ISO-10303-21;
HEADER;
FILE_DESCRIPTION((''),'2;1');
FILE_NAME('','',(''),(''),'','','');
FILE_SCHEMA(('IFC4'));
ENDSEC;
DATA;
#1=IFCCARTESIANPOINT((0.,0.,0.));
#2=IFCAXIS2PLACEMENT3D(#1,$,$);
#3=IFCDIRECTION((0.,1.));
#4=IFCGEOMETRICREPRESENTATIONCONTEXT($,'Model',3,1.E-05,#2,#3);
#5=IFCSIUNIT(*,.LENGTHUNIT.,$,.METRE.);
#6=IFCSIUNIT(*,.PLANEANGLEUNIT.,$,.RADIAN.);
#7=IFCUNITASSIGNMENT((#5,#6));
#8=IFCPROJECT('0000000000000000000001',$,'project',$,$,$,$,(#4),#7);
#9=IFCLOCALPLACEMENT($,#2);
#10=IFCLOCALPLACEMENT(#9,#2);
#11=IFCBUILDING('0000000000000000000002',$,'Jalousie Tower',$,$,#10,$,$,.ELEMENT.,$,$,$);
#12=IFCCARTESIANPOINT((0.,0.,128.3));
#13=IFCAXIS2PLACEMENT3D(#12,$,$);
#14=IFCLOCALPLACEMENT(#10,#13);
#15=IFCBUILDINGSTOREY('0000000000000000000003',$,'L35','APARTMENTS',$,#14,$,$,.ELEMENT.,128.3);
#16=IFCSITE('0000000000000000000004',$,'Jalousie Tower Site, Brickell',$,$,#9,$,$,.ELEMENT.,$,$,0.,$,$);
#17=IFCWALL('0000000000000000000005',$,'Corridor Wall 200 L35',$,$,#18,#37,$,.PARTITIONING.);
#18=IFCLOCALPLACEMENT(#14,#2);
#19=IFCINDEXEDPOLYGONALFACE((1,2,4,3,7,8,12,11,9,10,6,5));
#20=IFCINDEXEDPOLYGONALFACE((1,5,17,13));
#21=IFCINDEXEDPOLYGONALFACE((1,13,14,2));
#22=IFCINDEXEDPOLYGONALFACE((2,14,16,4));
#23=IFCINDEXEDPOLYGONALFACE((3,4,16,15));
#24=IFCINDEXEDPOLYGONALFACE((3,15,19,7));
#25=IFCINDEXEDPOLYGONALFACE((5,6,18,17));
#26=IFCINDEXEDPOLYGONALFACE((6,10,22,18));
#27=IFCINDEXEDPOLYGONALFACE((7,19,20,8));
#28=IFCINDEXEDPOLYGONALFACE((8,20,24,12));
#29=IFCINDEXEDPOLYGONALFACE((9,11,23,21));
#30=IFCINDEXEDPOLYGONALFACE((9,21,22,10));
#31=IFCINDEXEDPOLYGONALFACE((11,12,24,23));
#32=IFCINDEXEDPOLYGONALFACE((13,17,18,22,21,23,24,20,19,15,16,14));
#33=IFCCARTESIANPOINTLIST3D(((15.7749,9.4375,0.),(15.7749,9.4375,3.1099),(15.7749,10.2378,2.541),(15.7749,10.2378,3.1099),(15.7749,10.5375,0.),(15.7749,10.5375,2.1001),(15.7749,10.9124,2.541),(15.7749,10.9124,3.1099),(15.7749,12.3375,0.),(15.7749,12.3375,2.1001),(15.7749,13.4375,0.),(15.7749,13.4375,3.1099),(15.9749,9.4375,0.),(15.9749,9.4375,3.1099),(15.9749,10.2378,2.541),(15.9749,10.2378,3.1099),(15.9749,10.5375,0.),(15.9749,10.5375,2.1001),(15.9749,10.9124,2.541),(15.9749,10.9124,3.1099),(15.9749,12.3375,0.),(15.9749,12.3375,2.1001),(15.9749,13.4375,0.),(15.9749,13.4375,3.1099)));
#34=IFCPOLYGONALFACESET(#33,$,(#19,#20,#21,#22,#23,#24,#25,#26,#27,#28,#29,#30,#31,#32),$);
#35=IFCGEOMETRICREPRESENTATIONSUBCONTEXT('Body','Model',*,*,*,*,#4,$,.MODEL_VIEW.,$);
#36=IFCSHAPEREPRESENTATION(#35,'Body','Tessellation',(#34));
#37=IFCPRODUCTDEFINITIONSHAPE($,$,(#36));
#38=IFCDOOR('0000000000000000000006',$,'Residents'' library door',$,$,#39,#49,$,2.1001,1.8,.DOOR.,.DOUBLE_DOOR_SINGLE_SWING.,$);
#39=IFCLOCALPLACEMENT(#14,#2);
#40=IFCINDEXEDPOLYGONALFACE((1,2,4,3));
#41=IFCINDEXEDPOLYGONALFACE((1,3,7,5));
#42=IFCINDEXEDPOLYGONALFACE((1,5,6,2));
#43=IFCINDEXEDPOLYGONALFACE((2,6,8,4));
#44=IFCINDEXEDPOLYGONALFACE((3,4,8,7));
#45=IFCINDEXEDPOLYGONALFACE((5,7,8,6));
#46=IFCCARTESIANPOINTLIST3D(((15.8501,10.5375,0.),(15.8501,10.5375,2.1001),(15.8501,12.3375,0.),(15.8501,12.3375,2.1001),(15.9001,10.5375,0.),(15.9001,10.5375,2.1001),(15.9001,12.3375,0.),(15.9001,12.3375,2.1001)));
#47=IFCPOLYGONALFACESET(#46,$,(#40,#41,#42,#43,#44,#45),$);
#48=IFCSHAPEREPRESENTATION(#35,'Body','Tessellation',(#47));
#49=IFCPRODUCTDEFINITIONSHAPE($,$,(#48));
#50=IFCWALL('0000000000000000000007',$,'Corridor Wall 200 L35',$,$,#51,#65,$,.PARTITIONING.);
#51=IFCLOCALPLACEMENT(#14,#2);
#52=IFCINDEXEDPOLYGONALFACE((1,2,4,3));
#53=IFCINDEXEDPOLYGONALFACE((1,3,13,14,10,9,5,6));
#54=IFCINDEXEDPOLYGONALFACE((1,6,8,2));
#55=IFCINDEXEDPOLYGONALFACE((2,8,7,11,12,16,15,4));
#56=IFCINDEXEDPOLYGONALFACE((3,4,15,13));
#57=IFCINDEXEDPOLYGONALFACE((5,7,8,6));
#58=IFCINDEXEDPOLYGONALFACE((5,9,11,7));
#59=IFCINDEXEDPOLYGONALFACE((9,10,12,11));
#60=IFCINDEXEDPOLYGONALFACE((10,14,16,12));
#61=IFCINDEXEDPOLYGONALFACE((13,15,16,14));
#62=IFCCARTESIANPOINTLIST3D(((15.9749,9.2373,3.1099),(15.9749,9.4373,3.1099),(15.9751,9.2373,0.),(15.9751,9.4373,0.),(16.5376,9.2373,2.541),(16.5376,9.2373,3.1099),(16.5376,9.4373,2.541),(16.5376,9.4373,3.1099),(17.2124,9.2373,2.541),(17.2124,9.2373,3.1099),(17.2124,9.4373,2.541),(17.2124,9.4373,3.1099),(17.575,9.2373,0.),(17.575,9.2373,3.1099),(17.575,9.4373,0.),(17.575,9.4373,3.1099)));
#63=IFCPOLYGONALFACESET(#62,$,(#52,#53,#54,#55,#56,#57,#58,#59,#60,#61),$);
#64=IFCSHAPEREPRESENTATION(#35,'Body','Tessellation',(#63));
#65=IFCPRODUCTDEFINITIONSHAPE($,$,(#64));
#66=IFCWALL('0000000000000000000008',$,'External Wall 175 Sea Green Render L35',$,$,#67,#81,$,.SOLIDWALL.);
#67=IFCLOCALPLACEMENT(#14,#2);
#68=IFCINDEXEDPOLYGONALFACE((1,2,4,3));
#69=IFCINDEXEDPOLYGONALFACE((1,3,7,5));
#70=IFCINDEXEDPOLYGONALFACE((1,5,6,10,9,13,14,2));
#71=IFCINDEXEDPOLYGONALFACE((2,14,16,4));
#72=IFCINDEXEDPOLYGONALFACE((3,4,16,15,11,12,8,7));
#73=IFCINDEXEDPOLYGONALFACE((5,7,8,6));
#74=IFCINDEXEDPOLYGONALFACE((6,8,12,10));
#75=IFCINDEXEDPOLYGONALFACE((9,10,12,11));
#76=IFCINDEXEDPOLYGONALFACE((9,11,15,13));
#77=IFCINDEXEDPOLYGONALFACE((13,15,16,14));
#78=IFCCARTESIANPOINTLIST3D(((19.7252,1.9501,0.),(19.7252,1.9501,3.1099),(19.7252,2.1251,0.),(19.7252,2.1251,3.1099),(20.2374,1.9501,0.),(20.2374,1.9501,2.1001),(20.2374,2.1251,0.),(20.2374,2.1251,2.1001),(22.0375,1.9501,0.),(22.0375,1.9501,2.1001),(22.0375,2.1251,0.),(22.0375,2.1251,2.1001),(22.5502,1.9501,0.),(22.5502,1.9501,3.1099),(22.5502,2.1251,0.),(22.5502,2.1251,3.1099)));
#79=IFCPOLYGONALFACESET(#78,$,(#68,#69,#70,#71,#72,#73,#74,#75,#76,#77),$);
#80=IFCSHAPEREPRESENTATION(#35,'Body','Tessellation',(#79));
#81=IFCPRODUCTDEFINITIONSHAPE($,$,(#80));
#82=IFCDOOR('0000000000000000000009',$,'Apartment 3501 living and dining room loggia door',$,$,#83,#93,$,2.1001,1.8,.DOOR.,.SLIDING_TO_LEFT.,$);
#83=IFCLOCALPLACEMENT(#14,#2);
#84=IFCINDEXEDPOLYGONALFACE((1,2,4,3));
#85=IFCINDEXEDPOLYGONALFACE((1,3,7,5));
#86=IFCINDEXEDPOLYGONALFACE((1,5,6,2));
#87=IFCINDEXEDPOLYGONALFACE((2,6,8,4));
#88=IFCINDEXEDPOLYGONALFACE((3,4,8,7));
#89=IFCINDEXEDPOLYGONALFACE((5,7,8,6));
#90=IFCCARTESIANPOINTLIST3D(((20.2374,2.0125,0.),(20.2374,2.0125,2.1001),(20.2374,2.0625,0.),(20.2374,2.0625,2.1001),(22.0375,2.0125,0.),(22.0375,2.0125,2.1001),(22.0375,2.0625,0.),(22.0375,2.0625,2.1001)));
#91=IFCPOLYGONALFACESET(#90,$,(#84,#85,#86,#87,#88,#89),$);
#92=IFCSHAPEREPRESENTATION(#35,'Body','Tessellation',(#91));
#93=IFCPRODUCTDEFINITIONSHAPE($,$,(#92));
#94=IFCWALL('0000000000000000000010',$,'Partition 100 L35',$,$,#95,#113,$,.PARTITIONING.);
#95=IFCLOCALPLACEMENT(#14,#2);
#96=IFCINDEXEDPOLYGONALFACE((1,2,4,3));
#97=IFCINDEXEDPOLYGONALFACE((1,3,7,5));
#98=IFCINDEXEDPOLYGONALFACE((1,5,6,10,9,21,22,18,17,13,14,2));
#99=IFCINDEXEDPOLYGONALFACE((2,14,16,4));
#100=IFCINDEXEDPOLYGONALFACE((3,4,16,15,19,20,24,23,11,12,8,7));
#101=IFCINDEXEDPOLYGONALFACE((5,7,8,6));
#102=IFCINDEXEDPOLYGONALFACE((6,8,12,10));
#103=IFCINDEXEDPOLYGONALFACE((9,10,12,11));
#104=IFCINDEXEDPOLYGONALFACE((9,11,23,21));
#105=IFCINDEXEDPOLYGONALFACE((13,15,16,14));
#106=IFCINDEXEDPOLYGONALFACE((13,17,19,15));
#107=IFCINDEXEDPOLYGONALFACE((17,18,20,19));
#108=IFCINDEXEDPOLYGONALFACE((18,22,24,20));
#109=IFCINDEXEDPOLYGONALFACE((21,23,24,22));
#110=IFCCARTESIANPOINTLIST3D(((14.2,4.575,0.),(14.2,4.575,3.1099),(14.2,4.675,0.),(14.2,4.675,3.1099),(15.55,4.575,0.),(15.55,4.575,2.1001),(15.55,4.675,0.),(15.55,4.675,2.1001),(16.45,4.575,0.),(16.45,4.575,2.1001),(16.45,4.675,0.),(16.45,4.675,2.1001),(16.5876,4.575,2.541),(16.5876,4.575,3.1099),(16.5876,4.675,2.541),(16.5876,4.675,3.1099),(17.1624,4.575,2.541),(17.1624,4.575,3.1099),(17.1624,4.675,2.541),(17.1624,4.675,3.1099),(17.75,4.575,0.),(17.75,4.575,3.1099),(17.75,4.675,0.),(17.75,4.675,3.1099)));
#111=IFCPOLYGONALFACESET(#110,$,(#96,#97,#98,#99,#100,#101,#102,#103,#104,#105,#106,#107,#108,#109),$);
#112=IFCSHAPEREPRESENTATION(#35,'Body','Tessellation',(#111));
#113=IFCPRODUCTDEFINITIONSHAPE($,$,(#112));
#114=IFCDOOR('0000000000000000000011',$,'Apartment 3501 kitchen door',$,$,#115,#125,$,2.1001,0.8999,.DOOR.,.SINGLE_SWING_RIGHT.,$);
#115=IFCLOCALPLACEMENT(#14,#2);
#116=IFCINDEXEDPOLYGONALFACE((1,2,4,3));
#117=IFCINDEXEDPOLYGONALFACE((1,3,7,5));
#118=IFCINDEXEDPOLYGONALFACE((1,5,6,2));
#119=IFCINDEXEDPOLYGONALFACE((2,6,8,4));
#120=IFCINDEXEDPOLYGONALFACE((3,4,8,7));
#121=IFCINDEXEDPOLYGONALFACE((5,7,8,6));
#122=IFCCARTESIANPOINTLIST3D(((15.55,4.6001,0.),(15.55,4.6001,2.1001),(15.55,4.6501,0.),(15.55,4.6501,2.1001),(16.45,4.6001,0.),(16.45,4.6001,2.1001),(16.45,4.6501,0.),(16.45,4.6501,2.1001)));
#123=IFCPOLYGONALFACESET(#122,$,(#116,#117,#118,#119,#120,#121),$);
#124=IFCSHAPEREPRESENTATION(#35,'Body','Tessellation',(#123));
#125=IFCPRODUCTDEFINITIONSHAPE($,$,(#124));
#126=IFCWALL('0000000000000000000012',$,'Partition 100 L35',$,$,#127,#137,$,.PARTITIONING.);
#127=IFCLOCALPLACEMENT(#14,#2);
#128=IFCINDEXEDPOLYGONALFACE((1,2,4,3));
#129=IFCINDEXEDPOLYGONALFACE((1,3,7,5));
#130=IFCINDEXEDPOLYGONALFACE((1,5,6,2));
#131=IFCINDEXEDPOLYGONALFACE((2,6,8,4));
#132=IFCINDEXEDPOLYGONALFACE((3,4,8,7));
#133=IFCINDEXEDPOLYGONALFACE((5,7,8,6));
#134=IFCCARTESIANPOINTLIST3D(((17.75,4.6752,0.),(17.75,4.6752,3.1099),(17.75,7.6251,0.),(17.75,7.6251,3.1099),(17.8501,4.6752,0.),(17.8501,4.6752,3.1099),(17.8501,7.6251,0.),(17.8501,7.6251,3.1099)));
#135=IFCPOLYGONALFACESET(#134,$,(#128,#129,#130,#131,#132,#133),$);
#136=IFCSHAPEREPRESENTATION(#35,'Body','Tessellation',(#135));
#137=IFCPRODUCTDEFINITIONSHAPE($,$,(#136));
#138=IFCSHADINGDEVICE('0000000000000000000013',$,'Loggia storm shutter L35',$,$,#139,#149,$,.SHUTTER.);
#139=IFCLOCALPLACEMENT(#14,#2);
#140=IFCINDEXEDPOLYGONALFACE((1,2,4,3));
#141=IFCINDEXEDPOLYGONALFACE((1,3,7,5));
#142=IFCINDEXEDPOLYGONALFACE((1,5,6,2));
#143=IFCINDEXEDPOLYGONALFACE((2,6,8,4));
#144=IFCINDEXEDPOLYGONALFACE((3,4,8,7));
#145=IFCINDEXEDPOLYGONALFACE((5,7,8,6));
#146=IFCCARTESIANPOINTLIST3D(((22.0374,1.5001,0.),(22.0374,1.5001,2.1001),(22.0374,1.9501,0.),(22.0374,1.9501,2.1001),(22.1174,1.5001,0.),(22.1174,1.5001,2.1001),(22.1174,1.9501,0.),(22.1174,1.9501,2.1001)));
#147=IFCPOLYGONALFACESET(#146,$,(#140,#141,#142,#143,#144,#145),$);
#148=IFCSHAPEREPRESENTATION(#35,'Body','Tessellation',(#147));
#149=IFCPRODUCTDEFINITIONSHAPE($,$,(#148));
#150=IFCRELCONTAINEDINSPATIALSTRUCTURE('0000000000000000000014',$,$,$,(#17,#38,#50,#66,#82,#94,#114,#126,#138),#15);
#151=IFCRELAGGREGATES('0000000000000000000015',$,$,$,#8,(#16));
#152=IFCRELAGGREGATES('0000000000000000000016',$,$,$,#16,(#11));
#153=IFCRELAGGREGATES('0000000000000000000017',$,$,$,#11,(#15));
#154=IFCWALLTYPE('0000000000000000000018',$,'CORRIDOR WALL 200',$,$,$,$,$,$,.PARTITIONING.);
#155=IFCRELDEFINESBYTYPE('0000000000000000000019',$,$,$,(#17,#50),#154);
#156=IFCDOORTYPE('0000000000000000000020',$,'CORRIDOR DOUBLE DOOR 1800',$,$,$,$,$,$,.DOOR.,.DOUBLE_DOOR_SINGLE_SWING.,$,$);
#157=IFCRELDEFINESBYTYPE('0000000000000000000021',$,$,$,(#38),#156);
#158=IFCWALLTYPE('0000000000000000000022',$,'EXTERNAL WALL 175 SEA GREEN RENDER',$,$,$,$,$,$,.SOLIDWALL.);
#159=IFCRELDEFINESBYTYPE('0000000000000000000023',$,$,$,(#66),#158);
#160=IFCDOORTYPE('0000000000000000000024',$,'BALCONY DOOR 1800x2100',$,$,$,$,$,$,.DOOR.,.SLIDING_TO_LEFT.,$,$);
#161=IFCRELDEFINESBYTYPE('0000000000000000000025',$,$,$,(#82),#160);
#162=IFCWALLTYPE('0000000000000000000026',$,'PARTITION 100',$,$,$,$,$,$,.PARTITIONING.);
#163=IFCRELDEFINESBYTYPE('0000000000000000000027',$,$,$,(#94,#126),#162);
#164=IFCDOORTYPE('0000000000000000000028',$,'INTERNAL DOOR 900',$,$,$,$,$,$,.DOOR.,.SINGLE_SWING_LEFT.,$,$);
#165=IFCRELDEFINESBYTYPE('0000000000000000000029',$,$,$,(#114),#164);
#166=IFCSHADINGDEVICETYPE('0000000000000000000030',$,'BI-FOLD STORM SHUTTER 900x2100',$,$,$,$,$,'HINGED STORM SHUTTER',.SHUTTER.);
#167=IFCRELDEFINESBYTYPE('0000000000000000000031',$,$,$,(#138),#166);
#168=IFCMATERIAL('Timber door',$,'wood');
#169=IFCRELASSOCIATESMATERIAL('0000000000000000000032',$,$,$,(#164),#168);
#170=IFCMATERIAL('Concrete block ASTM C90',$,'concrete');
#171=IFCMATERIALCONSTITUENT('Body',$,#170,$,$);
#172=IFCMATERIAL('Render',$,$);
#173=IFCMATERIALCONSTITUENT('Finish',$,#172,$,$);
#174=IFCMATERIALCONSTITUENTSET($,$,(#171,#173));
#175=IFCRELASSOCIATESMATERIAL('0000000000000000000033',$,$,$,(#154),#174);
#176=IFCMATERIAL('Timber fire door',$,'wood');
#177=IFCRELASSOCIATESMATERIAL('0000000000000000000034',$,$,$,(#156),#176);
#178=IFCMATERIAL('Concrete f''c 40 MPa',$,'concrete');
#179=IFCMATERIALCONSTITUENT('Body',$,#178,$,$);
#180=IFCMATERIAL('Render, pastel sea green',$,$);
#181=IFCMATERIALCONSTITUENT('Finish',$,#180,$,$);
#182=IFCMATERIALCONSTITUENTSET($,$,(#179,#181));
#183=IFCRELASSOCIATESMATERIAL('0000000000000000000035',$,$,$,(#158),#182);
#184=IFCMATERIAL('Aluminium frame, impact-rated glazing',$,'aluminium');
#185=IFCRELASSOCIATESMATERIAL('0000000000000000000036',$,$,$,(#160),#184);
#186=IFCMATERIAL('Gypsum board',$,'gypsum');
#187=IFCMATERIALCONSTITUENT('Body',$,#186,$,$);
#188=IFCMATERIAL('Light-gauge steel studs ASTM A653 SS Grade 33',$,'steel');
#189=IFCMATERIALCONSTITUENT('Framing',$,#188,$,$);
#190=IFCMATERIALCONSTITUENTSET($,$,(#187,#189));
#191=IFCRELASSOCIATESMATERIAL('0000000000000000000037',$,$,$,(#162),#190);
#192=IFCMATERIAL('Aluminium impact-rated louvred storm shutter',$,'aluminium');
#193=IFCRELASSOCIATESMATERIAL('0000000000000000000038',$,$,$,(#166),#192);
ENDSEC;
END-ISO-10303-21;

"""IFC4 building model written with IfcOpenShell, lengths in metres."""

from ifc_helpers import new_model, si_unit, direction, frame, frame_2d, origin, origin_2d, place, context, subcontext, project, spatial, polyline, rectangle, outline, extrude, material, constituent, constituent_set, type_object, element, fill, save


model = new_model("IFC4")

# Units and contexts
model_context = context("Model", 3, precision=1e-05, world=origin(), true_north=direction((0.0, 1.0)))
body_context = subcontext(model_context, "Body", "Model", "MODEL_VIEW")
ifc_project = project(units=[si_unit("LENGTHUNIT", "METRE"), si_unit("PLANEANGLEUNIT", "RADIAN")], contexts=[model_context])

# Site, building, storey
site_placement = place(None, origin())
site = spatial("IfcSite", under=ifc_project, at=site_placement, Name="Jalousie Tower Site, Brickell", CompositionType="ELEMENT", RefElevation=0.0)
building_placement = place(site_placement, origin())
building = spatial("IfcBuilding", under=site, at=building_placement, Name="Jalousie Tower", CompositionType="ELEMENT")
storey_placement = place(building_placement, frame((0.0, 0.0, 128.3)))
storey = spatial("IfcBuildingStorey", under=building, at=storey_placement, Name="L35", Description="APARTMENTS", CompositionType="ELEMENT", Elevation=128.3)

# Shared definitions
ifc_material_1 = material(Name="Timber door", Category="wood")
door_type_1 = type_object("IfcDoorType", Name="INTERNAL DOOR 900", OperationType="SINGLE_SWING_LEFT", PredefinedType="DOOR", material=ifc_material_1)

# Shared definitions
ifc_material_2 = material(Name="Concrete block ASTM C90", Category="concrete")
ifc_constituent_1 = constituent(ifc_material_2, Name="Body")
ifc_material_3 = material(Name="Render")
ifc_constituent_2 = constituent(ifc_material_3, Name="Finish")
ifc_constituent_set_1 = constituent_set(constituents=[ifc_constituent_1, ifc_constituent_2])
wall_type_1 = type_object("IfcWallType", Name="CORRIDOR WALL 200", PredefinedType="PARTITIONING", material=ifc_constituent_set_1)

# Wall, opening, door
wall_1_placement = place(storey_placement, frame((15.875, 9.4375, 0.0), z_axis=(0.0, 0.0, 1.0), x_axis=(0.0, 1.0, 0.0)))
wall_1 = element("IfcWall", 1, at=wall_1_placement, inside=storey, type_object=wall_type_1, Name="Corridor Wall 200 L35", PredefinedType="PARTITIONING", context=body_context, shape_type="SweptSolid", body=[
    extrude(outline(polyline([(0.0, 0.0), (4.0, 0.0), (4.0, 3.1099), (1.4749, 3.1099), (1.4749, 2.541), (0.8003, 2.541), (0.8003, 3.1099), (0.0, 3.1099), (0.0, 0.0)])), frame((0.0, 0.1001, 0.0), z_axis=(0.0, -1.0, 0.0), x_axis=(1.0, 0.0, 0.0)), (0.0, 0.0, 1.0), 0.2),
])
opening_1_placement = place(wall_1_placement, frame((1.1001, 0.0, 0.0)))
opening_1 = element("IfcOpeningElement", 2, at=opening_1_placement, cuts=wall_1, PredefinedType="OPENING", context=body_context, shape_type="SweptSolid", body=[
    extrude(rectangle(XDim=1.8, YDim=2.1001, at=frame_2d((0.8999, 1.05))), frame((0.0, 0.1099, 0.0), z_axis=(0.0, -1.0, 0.0), x_axis=(1.0, 0.0, 0.0)), (0.0, 0.0, 1.0), 0.22),
])
ifc_material_4 = material(Name="Timber fire door", Category="wood")
door_type_2 = type_object("IfcDoorType", Name="CORRIDOR DOUBLE DOOR 1800", OperationType="DOUBLE_DOOR_SINGLE_SWING", PredefinedType="DOOR", material=ifc_material_4)
door_1_placement = place(opening_1_placement, origin())
door_1 = element("IfcDoor", 3, at=door_1_placement, inside=storey, type_object=door_type_2, Name="Residents' library door", OperationType="DOUBLE_DOOR_SINGLE_SWING", OverallHeight=2.1001, OverallWidth=1.8, PredefinedType="DOOR", context=body_context, shape_type="SweptSolid", body=[
    extrude(rectangle(XDim=1.8, YDim=2.1001, at=frame_2d((0.8999, 1.05))), frame((0.0, 0.0249, 0.0), z_axis=(0.0, -1.0, 0.0), x_axis=(1.0, 0.0, 0.0)), (0.0, 0.0, 1.0), 0.05),
])
fill(opening_1, door_1)

# Wall
wall_2_placement = place(storey_placement, frame((17.575, 9.3374, 0.0), z_axis=(0.0, 0.0, 1.0), x_axis=(-1.0, 0.0, 0.0)))
element("IfcWall", 4, at=wall_2_placement, inside=storey, type_object=wall_type_1, Name="Corridor Wall 200 L35", PredefinedType="PARTITIONING", context=body_context, shape_type="SweptSolid", body=[
    extrude(outline(polyline([(0.0, 0.0), (1.5999, 0.0), (1.6001, 3.1099), (1.0374, 3.1099), (1.0374, 2.541), (0.3625, 2.541), (0.3625, 3.1099), (0.0, 3.1099), (0.0, 0.0)])), frame((0.0, 0.1001, 0.0), z_axis=(0.0, -1.0, 0.0), x_axis=(1.0, 0.0, 0.0)), (0.0, 0.0, 1.0), 0.2),
])

# Walls, openings, doors
ifc_material_5 = material(Name="Concrete f'c 40 MPa", Category="concrete")
ifc_constituent_3 = constituent(ifc_material_5, Name="Body")
ifc_material_6 = material(Name="Render, pastel sea green")
ifc_constituent_4 = constituent(ifc_material_6, Name="Finish")
ifc_constituent_set_2 = constituent_set(constituents=[ifc_constituent_3, ifc_constituent_4])
wall_type_2 = type_object("IfcWallType", Name="EXTERNAL WALL 175 SEA GREEN RENDER", PredefinedType="SOLIDWALL", material=ifc_constituent_set_2)
wall_3_placement = place(storey_placement, frame((19.7251, 2.0376, 0.0), z_axis=(0.0, 0.0, 1.0), x_axis=(1.0, 0.0, 0.0)))
wall_3 = element("IfcWall", 5, at=wall_3_placement, inside=storey, type_object=wall_type_2, Name="External Wall 175 Sea Green Render L35", PredefinedType="SOLIDWALL", context=body_context, shape_type="SweptSolid", body=[
    extrude(rectangle(XDim=2.825, YDim=0.175, at=frame_2d((1.4126, 0.0))), origin(), (0.0, 0.0, 1.0), 3.1099),
])
opening_2_placement = place(wall_3_placement, frame((0.5125, 0.0, 0.0)))
opening_2 = element("IfcOpeningElement", 6, at=opening_2_placement, cuts=wall_3, PredefinedType="OPENING", context=body_context, shape_type="SweptSolid", body=[
    extrude(rectangle(XDim=1.8, YDim=2.1001, at=frame_2d((0.8999, 1.05))), frame((0.0, 0.0974, 0.0), z_axis=(0.0, -1.0, 0.0), x_axis=(1.0, 0.0, 0.0)), (0.0, 0.0, 1.0), 0.1951),
])
ifc_material_7 = material(Name="Aluminium frame, impact-rated glazing", Category="aluminium")
door_type_3 = type_object("IfcDoorType", Name="BALCONY DOOR 1800x2100", OperationType="SLIDING_TO_LEFT", PredefinedType="DOOR", material=ifc_material_7)
door_2_placement = place(opening_2_placement, origin())
door_2 = element("IfcDoor", 7, at=door_2_placement, inside=storey, type_object=door_type_3, Name="Apartment 3501 living and dining room loggia door", OperationType="SLIDING_TO_LEFT", OverallHeight=2.1001, OverallWidth=1.8, PredefinedType="DOOR", context=body_context, shape_type="SweptSolid", body=[
    extrude(rectangle(XDim=1.8, YDim=2.1001, at=frame_2d((0.8999, 1.05))), frame((0.0, 0.0249, 0.0), z_axis=(0.0, -1.0, 0.0), x_axis=(1.0, 0.0, 0.0)), (0.0, 0.0, 1.0), 0.05),
])
fill(opening_2, door_2)
ifc_material_8 = material(Name="Gypsum board", Category="gypsum")
ifc_constituent_5 = constituent(ifc_material_8, Name="Body")
ifc_material_9 = material(Name="Light-gauge steel studs ASTM A653 SS Grade 33", Category="steel")
ifc_constituent_6 = constituent(ifc_material_9, Name="Framing")
ifc_constituent_set_3 = constituent_set(constituents=[ifc_constituent_5, ifc_constituent_6])
wall_type_3 = type_object("IfcWallType", Name="PARTITION 100", PredefinedType="PARTITIONING", material=ifc_constituent_set_3)
wall_4_placement = place(storey_placement, frame((14.2, 4.625, 0.0), z_axis=(0.0, 0.0, 1.0), x_axis=(1.0, 0.0, 0.0)))
wall_4 = element("IfcWall", 8, at=wall_4_placement, inside=storey, type_object=wall_type_3, Name="Partition 100 L35", PredefinedType="PARTITIONING", context=body_context, shape_type="SweptSolid", body=[
    extrude(outline(polyline([(0.0, 0.0), (3.55, 0.0), (3.55, 3.1099), (2.9624, 3.1099), (2.9624, 2.541), (2.3877, 2.541), (2.3877, 3.1099), (0.0, 3.1099), (0.0, 0.0)])), frame((0.0, 0.05, 0.0), z_axis=(0.0, -1.0, 0.0), x_axis=(1.0, 0.0, 0.0)), (0.0, 0.0, 1.0), 0.1001),
])
opening_3_placement = place(wall_4_placement, frame((1.3501, 0.0, 0.0)))
opening_3 = element("IfcOpeningElement", 9, at=opening_3_placement, cuts=wall_4, PredefinedType="OPENING", context=body_context, shape_type="SweptSolid", body=[
    extrude(rectangle(XDim=0.8999, YDim=2.1001, at=frame_2d((0.45, 1.05))), frame((0.0, 0.0601, 0.0), z_axis=(0.0, -1.0, 0.0), x_axis=(1.0, 0.0, 0.0)), (0.0, 0.0, 1.0), 0.1201),
])
door_3_placement = place(opening_3_placement, frame((0.8999, 0.0, 0.0), z_axis=(0.0, 0.0, 1.0), x_axis=(-1.0, 0.0, 0.0)))
door_3 = element("IfcDoor", 10, at=door_3_placement, inside=storey, type_object=door_type_1, Name="Apartment 3501 kitchen door", OperationType="SINGLE_SWING_RIGHT", OverallHeight=2.1001, OverallWidth=0.8999, PredefinedType="DOOR", context=body_context, shape_type="SweptSolid", body=[
    extrude(rectangle(XDim=0.8999, YDim=2.1001, at=frame_2d((0.45, 1.05))), frame((0.0, 0.0249, 0.0), z_axis=(0.0, -1.0, 0.0), x_axis=(1.0, 0.0, 0.0)), (0.0, 0.0, 1.0), 0.05),
])
fill(opening_3, door_3)

# Wall
wall_5_placement = place(storey_placement, frame((17.8, 4.675, 0.0), z_axis=(0.0, 0.0, 1.0), x_axis=(0.0, 1.0, 0.0)))
element("IfcWall", 11, at=wall_5_placement, inside=storey, type_object=wall_type_3, Name="Partition 100 L35", PredefinedType="PARTITIONING", context=body_context, shape_type="SweptSolid", body=[
    extrude(rectangle(XDim=2.95, YDim=0.1001, at=frame_2d((1.4751, 0.0))), origin(), (0.0, 0.0, 1.0), 3.1099),
])

# Shading device
ifc_material_10 = material(Name="Aluminium impact-rated louvred storm shutter", Category="aluminium")
shading_device_type = type_object("IfcShadingDeviceType", Name="BI-FOLD STORM SHUTTER 900x2100", ElementType="HINGED STORM SHUTTER", PredefinedType="SHUTTER", material=ifc_material_10)
shading_device_placement = place(storey_placement, frame((22.0774, 1.7251, 0.0), z_axis=(0.0, 0.0, 1.0), x_axis=(0.0, 1.0, 0.0)))
element("IfcShadingDevice", 12, at=shading_device_placement, inside=storey, type_object=shading_device_type, Name="Loggia storm shutter L35", PredefinedType="SHUTTER", context=body_context, shape_type="SweptSolid", body=[
    extrude(rectangle(XDim=0.45, YDim=0.0801, at=origin_2d()), origin(), (0.0, 0.0, 1.0), 2.1001),
])

save(model, "model.ifc")
